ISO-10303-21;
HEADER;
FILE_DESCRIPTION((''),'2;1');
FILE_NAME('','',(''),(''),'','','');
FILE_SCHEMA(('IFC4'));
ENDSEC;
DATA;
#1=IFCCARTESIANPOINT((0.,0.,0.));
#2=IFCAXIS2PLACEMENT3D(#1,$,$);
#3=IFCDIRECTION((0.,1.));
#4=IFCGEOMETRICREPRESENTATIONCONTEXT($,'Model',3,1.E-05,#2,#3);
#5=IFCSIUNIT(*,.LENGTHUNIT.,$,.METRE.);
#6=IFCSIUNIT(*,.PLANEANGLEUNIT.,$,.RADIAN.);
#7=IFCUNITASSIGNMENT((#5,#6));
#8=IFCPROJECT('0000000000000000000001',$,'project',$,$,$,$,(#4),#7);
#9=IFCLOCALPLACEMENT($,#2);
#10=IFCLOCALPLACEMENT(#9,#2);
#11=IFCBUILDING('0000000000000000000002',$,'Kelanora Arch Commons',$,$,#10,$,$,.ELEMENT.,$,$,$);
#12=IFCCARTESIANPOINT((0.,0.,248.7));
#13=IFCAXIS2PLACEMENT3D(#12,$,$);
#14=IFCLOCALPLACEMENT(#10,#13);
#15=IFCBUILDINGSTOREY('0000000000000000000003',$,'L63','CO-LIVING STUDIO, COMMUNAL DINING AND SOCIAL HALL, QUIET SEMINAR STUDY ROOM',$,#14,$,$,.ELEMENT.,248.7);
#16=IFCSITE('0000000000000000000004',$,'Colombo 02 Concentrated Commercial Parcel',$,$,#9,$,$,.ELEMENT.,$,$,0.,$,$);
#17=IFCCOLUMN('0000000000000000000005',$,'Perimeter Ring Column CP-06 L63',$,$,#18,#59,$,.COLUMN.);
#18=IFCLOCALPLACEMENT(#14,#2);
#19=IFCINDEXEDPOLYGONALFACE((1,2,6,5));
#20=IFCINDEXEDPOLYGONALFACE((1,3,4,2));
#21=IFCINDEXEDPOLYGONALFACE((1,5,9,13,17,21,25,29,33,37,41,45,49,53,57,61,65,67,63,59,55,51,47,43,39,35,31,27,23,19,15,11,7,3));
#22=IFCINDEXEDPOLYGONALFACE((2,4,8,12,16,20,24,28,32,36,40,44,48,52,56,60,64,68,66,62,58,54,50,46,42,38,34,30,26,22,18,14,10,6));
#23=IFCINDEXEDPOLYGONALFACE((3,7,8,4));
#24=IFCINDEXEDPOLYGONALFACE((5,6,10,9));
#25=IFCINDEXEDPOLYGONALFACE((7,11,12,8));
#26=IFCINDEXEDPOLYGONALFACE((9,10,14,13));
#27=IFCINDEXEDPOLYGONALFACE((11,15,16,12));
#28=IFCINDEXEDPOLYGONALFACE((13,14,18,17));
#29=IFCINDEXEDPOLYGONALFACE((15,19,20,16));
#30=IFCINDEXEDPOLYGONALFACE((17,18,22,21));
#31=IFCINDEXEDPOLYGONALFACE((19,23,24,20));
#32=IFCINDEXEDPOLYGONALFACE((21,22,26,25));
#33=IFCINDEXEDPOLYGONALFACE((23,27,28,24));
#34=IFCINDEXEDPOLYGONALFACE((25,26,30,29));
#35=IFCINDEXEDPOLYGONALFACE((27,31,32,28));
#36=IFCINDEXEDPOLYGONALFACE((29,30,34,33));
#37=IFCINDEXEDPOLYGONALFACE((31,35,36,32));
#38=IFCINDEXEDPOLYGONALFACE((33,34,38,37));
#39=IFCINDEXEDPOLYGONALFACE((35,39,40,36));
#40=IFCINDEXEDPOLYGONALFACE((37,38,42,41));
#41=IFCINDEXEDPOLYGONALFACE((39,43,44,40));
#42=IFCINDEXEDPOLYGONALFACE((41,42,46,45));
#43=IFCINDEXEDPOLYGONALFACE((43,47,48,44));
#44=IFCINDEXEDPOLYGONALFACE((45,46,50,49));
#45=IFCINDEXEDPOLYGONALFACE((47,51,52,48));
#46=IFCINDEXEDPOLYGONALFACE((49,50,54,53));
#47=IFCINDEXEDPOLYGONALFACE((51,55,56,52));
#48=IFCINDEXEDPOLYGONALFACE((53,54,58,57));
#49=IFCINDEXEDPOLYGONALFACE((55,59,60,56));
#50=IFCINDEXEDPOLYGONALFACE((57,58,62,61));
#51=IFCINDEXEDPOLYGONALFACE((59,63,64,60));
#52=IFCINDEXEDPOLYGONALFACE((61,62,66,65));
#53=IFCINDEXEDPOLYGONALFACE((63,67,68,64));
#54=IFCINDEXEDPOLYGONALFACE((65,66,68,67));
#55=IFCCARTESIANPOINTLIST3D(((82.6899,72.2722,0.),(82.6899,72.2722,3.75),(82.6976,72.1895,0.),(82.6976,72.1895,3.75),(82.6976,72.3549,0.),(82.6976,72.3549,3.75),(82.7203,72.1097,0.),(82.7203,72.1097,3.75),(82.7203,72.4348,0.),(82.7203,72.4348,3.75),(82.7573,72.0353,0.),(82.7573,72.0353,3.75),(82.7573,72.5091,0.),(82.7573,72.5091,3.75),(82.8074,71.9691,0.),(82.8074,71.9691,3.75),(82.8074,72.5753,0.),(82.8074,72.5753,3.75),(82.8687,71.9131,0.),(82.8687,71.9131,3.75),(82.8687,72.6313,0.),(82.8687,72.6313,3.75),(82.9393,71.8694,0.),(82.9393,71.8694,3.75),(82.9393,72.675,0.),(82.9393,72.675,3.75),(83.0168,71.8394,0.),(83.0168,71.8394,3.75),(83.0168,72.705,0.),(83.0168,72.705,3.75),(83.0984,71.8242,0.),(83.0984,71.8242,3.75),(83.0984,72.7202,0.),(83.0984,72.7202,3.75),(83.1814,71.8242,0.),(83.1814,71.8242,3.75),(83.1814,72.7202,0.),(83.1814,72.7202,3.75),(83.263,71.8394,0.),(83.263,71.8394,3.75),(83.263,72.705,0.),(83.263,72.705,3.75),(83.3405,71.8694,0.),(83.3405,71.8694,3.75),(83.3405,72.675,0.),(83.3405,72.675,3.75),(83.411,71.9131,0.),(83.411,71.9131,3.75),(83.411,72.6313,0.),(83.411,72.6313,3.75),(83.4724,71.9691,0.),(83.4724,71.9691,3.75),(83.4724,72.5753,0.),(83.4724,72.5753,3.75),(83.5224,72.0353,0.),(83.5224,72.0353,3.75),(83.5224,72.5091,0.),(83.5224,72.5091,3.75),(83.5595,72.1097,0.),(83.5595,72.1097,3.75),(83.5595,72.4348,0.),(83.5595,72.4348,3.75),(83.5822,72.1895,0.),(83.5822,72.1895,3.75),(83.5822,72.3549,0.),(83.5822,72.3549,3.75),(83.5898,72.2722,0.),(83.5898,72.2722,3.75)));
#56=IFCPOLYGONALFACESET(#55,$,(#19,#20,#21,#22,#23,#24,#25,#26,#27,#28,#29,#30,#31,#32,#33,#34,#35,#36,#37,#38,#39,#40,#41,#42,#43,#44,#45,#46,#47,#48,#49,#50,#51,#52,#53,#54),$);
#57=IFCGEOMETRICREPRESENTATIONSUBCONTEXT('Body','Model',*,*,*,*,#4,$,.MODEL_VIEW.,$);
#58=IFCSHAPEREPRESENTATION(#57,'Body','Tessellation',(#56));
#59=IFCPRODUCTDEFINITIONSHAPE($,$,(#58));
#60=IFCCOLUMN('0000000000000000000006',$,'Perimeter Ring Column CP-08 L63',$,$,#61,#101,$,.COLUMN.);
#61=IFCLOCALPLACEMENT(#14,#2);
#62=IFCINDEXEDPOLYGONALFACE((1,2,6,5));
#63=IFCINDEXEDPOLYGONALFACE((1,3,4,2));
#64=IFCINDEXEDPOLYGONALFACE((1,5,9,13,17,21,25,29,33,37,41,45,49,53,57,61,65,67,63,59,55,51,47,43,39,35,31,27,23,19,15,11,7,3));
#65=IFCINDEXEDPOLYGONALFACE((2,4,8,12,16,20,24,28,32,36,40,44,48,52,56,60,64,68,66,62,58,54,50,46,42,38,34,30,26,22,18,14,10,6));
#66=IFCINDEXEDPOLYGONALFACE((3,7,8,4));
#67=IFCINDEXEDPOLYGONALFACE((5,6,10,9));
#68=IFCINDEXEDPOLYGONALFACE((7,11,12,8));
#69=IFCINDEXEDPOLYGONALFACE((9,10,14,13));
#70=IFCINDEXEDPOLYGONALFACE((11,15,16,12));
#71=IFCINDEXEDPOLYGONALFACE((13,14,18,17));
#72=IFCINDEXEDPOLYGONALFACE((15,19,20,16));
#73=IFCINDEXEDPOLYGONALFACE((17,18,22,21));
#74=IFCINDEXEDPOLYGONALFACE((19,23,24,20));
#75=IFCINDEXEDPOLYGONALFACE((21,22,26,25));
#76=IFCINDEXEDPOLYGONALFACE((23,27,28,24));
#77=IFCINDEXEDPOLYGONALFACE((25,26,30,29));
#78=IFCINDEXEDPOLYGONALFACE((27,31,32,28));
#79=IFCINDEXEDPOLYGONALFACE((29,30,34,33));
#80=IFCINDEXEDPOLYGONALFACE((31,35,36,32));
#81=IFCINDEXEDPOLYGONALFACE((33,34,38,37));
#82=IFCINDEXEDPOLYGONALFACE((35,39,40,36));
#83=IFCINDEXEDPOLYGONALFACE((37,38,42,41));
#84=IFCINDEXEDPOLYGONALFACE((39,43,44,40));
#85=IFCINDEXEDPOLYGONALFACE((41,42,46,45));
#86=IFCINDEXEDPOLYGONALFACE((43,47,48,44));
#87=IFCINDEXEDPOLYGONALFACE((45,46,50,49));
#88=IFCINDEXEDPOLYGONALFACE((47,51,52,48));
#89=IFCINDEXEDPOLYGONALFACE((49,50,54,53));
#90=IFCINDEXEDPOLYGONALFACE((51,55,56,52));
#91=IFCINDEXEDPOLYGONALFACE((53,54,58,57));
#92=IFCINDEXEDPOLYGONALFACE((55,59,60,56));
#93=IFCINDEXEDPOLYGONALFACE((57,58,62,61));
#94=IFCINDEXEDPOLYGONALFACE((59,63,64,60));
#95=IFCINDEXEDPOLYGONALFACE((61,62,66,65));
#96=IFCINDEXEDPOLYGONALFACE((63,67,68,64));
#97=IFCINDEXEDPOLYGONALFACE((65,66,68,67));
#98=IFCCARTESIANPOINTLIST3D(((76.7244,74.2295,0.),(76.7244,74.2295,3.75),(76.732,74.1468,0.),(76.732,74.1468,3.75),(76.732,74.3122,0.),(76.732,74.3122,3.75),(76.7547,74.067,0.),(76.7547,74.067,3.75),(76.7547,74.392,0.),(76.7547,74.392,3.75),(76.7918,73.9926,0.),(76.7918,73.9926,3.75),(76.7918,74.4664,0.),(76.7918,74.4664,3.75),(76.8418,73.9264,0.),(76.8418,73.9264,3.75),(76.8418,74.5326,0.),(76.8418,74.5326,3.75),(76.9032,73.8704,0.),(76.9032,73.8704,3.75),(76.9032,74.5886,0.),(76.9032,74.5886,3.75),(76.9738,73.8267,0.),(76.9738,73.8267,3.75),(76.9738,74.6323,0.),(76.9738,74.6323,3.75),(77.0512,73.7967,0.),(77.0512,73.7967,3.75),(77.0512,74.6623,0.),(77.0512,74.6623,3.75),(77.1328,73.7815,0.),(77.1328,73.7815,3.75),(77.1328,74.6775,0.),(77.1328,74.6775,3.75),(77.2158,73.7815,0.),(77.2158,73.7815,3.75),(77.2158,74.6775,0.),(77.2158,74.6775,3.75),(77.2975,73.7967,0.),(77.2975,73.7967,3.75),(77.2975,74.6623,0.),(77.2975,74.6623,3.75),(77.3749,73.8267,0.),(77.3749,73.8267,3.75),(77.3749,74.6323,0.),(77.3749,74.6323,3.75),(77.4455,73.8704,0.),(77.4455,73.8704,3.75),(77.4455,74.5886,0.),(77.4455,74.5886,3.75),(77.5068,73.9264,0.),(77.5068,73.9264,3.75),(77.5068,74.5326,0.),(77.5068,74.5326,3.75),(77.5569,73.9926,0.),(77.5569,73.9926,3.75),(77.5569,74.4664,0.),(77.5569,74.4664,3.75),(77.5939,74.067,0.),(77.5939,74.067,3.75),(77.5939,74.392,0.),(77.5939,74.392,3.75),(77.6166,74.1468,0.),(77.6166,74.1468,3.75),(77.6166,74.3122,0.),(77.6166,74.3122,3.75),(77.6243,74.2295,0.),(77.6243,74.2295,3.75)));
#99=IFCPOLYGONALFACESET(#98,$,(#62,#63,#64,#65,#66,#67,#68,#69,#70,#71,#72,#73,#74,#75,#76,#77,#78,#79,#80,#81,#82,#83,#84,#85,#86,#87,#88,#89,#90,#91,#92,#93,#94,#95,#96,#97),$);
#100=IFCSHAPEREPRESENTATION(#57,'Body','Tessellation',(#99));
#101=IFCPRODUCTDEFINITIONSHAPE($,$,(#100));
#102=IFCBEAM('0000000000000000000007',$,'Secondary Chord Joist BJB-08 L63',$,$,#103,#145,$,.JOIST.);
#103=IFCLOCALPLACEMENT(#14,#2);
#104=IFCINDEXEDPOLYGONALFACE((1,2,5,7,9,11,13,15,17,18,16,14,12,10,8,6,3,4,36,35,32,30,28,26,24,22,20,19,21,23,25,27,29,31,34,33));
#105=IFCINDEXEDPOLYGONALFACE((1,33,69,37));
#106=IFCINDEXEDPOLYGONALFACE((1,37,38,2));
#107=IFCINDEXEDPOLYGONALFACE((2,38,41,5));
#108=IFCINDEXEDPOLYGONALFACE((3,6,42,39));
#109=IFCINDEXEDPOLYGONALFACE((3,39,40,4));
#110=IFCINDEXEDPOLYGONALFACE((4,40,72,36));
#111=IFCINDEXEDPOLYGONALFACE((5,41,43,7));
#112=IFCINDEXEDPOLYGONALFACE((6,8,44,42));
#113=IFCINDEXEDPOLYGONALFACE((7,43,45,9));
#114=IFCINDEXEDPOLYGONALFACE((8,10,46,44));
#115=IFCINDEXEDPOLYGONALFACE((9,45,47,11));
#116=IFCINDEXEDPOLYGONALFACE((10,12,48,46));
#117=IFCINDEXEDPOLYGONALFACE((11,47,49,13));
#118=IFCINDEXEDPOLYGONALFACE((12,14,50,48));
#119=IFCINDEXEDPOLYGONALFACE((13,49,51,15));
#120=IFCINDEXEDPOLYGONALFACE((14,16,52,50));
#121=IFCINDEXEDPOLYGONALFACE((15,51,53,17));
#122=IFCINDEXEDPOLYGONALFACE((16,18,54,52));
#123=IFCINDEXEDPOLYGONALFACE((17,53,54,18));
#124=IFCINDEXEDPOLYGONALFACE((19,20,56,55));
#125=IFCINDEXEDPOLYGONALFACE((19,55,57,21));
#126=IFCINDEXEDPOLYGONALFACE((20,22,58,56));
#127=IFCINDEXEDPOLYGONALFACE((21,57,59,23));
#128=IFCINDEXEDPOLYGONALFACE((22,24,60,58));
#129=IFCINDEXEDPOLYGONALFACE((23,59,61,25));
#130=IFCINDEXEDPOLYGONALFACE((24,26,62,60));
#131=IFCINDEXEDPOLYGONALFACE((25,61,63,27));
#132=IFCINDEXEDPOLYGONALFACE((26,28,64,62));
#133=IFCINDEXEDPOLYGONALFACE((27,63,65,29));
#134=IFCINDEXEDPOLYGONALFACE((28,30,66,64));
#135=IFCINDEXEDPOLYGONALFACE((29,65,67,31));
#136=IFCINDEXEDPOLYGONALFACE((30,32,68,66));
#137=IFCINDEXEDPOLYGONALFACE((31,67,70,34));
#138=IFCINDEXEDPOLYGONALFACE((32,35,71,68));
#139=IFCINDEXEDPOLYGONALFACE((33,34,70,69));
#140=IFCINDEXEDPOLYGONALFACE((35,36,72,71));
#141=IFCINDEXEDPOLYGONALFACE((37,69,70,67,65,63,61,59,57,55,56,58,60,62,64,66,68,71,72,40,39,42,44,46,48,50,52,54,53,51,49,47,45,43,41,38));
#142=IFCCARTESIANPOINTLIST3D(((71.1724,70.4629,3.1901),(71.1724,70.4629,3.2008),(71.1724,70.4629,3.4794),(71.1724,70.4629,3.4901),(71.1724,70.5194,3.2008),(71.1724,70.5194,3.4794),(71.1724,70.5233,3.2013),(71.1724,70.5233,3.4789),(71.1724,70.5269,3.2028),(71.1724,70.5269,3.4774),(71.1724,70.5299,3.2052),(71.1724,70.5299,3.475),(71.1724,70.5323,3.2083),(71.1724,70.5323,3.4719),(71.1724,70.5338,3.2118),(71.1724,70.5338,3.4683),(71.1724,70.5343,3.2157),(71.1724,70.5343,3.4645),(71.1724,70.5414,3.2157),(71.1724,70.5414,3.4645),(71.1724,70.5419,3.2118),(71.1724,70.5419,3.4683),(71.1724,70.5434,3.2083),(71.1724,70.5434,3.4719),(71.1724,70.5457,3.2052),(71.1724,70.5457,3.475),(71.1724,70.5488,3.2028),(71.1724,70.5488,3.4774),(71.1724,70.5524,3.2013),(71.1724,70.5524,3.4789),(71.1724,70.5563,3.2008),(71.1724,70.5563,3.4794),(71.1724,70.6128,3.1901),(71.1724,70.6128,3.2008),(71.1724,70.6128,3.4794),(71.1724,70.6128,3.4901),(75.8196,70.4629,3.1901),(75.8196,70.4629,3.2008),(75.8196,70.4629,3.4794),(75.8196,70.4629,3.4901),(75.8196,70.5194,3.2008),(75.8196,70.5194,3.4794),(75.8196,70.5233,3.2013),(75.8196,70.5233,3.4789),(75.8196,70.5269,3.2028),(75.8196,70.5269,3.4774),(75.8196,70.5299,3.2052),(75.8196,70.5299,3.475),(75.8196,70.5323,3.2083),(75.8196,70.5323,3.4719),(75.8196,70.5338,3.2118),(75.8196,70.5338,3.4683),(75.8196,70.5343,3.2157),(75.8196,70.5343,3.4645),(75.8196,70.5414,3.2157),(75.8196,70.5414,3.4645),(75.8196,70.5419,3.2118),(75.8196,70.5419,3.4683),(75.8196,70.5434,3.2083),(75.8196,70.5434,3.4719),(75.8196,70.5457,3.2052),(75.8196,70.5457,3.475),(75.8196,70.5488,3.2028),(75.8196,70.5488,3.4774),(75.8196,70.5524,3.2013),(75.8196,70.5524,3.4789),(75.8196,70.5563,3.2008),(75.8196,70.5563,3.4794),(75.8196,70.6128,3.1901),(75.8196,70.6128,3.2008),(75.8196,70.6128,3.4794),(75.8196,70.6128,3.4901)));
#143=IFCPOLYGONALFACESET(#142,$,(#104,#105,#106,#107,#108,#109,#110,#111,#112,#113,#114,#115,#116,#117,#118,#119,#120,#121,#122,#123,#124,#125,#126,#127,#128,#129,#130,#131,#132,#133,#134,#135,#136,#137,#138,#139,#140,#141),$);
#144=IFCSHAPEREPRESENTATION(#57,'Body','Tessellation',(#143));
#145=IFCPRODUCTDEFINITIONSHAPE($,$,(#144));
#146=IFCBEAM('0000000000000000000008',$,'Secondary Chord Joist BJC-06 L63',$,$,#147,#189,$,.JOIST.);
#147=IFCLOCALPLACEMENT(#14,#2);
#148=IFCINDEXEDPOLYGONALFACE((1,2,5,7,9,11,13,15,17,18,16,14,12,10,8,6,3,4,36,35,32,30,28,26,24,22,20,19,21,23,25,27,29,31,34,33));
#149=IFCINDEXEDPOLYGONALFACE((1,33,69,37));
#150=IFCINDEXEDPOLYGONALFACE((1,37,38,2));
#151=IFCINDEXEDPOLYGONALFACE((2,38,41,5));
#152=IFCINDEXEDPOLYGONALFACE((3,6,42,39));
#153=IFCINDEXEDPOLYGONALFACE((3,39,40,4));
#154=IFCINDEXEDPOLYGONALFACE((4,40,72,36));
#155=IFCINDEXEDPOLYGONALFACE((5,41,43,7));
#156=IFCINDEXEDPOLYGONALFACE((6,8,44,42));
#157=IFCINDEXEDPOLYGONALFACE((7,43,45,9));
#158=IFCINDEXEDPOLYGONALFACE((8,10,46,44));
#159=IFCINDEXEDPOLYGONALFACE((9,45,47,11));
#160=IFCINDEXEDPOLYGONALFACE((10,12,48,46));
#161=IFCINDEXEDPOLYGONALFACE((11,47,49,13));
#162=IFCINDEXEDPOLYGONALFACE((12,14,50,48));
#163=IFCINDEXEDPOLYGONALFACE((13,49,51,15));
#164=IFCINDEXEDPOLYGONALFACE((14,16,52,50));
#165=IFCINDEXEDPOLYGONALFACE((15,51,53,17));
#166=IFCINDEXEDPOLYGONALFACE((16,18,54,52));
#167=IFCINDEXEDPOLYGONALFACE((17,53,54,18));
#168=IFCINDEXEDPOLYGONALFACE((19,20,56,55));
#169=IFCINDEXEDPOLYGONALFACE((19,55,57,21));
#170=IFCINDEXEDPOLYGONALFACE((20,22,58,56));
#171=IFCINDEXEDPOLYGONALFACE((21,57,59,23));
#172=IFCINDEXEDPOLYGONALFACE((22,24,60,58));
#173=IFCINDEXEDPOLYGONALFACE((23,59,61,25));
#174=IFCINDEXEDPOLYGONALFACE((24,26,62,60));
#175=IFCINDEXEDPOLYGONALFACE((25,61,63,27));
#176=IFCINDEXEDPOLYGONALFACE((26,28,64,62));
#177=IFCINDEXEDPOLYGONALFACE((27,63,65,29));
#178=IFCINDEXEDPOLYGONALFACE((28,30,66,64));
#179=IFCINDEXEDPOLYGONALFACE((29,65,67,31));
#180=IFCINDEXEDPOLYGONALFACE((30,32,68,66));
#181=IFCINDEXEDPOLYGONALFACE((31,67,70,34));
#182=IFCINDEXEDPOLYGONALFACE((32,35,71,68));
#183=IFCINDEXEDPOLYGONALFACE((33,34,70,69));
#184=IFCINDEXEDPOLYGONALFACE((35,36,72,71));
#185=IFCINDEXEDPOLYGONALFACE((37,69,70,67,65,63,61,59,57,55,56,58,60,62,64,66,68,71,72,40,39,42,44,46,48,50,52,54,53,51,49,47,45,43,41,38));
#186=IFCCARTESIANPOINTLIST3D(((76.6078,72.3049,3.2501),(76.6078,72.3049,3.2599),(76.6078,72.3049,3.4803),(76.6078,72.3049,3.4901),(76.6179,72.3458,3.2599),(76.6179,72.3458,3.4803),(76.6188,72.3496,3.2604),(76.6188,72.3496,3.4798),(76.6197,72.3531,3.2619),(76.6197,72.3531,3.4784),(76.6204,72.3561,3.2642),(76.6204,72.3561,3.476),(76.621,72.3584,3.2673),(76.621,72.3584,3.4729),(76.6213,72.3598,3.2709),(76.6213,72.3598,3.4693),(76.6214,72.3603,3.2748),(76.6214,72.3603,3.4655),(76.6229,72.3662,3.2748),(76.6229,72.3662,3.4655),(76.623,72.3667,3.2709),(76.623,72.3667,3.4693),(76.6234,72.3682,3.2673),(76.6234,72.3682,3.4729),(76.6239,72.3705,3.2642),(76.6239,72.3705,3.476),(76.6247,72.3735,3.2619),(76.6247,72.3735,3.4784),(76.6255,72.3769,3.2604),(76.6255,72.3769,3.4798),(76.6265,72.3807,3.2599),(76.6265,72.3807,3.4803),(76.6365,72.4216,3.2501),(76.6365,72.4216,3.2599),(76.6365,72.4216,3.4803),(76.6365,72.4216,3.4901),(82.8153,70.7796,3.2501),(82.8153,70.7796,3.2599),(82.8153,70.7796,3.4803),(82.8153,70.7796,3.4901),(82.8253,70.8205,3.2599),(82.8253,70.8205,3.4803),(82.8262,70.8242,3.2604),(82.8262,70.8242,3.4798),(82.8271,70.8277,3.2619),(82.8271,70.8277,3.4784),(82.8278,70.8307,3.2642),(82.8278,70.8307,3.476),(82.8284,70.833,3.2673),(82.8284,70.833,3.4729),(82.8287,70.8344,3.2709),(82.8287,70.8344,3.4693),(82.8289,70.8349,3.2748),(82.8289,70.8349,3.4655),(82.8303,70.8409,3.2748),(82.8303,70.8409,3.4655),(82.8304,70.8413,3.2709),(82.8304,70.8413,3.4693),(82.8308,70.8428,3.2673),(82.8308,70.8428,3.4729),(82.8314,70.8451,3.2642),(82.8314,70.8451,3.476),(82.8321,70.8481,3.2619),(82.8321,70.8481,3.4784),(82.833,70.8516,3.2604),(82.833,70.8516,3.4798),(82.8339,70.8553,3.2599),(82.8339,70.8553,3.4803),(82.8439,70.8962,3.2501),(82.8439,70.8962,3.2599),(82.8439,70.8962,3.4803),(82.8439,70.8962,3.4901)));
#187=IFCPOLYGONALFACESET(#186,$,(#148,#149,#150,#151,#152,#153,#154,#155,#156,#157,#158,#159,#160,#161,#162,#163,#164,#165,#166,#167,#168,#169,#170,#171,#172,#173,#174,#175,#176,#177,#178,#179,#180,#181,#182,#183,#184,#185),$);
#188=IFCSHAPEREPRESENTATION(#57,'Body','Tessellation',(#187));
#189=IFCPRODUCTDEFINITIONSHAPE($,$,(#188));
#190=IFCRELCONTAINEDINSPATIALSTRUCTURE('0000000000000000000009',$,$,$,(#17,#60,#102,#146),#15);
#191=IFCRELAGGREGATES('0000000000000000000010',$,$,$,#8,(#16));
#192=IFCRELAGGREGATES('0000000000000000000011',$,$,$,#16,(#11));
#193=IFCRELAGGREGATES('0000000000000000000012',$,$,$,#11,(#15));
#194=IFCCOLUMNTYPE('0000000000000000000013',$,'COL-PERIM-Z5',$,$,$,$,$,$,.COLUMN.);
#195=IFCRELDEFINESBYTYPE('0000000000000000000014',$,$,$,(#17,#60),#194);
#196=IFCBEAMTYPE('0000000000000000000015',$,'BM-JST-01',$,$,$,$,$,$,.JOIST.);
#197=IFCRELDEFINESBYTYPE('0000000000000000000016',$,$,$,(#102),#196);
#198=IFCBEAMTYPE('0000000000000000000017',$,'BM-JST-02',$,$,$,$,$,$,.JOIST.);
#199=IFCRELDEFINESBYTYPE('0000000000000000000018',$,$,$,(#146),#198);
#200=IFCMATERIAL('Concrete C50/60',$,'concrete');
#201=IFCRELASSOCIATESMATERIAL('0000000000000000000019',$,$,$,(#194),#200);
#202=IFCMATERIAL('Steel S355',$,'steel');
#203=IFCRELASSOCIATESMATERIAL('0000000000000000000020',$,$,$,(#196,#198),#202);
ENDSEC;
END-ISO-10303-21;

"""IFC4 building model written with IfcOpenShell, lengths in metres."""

from ifc_helpers import new_model, si_unit, direction, frame, origin, origin_2d, place, context, subcontext, project, spatial, circle, i_section, extrude, material, material_profile, profile_set, type_object, element, save


model = new_model("IFC4")

# Units and contexts
model_context = context("Model", 3, precision=1e-05, world=origin(), true_north=direction((0.0, 1.0)))
body_context = subcontext(model_context, "Body", "Model", "MODEL_VIEW")
ifc_project = project(units=[si_unit("LENGTHUNIT", "METRE"), si_unit("PLANEANGLEUNIT", "RADIAN")], contexts=[model_context])

# Site, building, storey
site_placement = place(None, origin())
site = spatial("IfcSite", under=ifc_project, at=site_placement, Name="Colombo 02 Concentrated Commercial Parcel", CompositionType="ELEMENT", RefElevation=0.0)
building_placement = place(site_placement, origin())
building = spatial("IfcBuilding", under=site, at=building_placement, Name="Kelanora Arch Commons", CompositionType="ELEMENT")
storey_placement = place(building_placement, frame((0.0, 0.0, 248.7)))
storey = spatial("IfcBuildingStorey", under=building, at=storey_placement, Name="L63", Description="CO-LIVING STUDIO, COMMUNAL DINING AND SOCIAL HALL, QUIET SEMINAR STUDY ROOM", CompositionType="ELEMENT", Elevation=248.7)

# Columns
ifc_material_1 = material(Name="Concrete C50/60", Category="concrete")
ifc_material_profile_1 = material_profile(ifc_material_1, circle(Radius=0.45, at=origin_2d()), Name="RCC900")
ifc_profile_set_1 = profile_set([ifc_material_profile_1], Name="Concrete C50/60")
column_type = type_object("IfcColumnType", Name="COL-PERIM-Z5", PredefinedType="COLUMN", material=ifc_profile_set_1)
for number, where, z_axis, x_axis, name in (
    (1, (83.1399, 72.2722, 0.0), (0.0, 0.0, 1.0), (1.0, 0.0, 0.0), "Perimeter Ring Column CP-06 L63"),
    (2, (77.1743, 74.2295, 0.0), (0.0, 0.0, 1.0), (1.0, 0.0, 0.0), "Perimeter Ring Column CP-08 L63"),
):
    element("IfcColumn", number, at=place(storey_placement, frame(where, z_axis=z_axis, x_axis=x_axis)), inside=storey, type_object=column_type, Name=name, PredefinedType="COLUMN", context=body_context, shape_type="SweptSolid", body=[
        extrude(circle(Radius=0.45, at=origin_2d()), origin(), (0.0, 0.0, 1.0), 3.75),
    ])

# Beams
ifc_material_2 = material(Name="Steel S355", Category="steel")
ifc_material_profile_2 = material_profile(ifc_material_2, i_section(OverallWidth=0.1499, OverallDepth=0.3, WebThickness=0.0071, FlangeThickness=0.0107, FilletRadius=0.0149, at=origin_2d()), Name="IPE300")
ifc_profile_set_2 = profile_set([ifc_material_profile_2], Name="Steel S355")
beam_type_1 = type_object("IfcBeamType", Name="BM-JST-01", PredefinedType="JOIST", material=ifc_profile_set_2)
beam_1_placement = place(storey_placement, frame((75.8196, 70.5378, 3.3401), z_axis=(-1.0, 0.0, 0.0), x_axis=(0.0, -1.0, 0.0)))
element("IfcBeam", 3, at=beam_1_placement, inside=storey, type_object=beam_type_1, Name="Secondary Chord Joist BJB-08 L63", PredefinedType="JOIST", context=body_context, shape_type="SweptSolid", body=[
    extrude(i_section(OverallWidth=0.1499, OverallDepth=0.3, WebThickness=0.0071, FlangeThickness=0.0107, FilletRadius=0.0149, at=origin_2d()), origin(), (0.0, 0.0, 1.0), 4.6472),
])
ifc_material_profile_3 = material_profile(ifc_material_2, i_section(OverallWidth=0.1201, OverallDepth=0.24, WebThickness=0.0061, FlangeThickness=0.0098, FilletRadius=0.0149, at=origin_2d()), Name="IPE240")
ifc_profile_set_3 = profile_set([ifc_material_profile_3], Name="Steel S355")
beam_type_2 = type_object("IfcBeamType", Name="BM-JST-02", PredefinedType="JOIST", material=ifc_profile_set_3)
beam_2_placement = place(storey_placement, frame((82.8296, 70.8379, 3.3701), z_axis=(-0.97111, 0.238633, 0.0), x_axis=(-0.238633, -0.97111, 0.0)))
element("IfcBeam", 4, at=beam_2_placement, inside=storey, type_object=beam_type_2, Name="Secondary Chord Joist BJC-06 L63", PredefinedType="JOIST", context=body_context, shape_type="SweptSolid", body=[
    extrude(i_section(OverallWidth=0.1201, OverallDepth=0.24, WebThickness=0.0061, FlangeThickness=0.0098, FilletRadius=0.0149, at=origin_2d()), origin(), (0.0, 0.0, 1.0), 6.3921),
])

save(model, "model.ifc")
